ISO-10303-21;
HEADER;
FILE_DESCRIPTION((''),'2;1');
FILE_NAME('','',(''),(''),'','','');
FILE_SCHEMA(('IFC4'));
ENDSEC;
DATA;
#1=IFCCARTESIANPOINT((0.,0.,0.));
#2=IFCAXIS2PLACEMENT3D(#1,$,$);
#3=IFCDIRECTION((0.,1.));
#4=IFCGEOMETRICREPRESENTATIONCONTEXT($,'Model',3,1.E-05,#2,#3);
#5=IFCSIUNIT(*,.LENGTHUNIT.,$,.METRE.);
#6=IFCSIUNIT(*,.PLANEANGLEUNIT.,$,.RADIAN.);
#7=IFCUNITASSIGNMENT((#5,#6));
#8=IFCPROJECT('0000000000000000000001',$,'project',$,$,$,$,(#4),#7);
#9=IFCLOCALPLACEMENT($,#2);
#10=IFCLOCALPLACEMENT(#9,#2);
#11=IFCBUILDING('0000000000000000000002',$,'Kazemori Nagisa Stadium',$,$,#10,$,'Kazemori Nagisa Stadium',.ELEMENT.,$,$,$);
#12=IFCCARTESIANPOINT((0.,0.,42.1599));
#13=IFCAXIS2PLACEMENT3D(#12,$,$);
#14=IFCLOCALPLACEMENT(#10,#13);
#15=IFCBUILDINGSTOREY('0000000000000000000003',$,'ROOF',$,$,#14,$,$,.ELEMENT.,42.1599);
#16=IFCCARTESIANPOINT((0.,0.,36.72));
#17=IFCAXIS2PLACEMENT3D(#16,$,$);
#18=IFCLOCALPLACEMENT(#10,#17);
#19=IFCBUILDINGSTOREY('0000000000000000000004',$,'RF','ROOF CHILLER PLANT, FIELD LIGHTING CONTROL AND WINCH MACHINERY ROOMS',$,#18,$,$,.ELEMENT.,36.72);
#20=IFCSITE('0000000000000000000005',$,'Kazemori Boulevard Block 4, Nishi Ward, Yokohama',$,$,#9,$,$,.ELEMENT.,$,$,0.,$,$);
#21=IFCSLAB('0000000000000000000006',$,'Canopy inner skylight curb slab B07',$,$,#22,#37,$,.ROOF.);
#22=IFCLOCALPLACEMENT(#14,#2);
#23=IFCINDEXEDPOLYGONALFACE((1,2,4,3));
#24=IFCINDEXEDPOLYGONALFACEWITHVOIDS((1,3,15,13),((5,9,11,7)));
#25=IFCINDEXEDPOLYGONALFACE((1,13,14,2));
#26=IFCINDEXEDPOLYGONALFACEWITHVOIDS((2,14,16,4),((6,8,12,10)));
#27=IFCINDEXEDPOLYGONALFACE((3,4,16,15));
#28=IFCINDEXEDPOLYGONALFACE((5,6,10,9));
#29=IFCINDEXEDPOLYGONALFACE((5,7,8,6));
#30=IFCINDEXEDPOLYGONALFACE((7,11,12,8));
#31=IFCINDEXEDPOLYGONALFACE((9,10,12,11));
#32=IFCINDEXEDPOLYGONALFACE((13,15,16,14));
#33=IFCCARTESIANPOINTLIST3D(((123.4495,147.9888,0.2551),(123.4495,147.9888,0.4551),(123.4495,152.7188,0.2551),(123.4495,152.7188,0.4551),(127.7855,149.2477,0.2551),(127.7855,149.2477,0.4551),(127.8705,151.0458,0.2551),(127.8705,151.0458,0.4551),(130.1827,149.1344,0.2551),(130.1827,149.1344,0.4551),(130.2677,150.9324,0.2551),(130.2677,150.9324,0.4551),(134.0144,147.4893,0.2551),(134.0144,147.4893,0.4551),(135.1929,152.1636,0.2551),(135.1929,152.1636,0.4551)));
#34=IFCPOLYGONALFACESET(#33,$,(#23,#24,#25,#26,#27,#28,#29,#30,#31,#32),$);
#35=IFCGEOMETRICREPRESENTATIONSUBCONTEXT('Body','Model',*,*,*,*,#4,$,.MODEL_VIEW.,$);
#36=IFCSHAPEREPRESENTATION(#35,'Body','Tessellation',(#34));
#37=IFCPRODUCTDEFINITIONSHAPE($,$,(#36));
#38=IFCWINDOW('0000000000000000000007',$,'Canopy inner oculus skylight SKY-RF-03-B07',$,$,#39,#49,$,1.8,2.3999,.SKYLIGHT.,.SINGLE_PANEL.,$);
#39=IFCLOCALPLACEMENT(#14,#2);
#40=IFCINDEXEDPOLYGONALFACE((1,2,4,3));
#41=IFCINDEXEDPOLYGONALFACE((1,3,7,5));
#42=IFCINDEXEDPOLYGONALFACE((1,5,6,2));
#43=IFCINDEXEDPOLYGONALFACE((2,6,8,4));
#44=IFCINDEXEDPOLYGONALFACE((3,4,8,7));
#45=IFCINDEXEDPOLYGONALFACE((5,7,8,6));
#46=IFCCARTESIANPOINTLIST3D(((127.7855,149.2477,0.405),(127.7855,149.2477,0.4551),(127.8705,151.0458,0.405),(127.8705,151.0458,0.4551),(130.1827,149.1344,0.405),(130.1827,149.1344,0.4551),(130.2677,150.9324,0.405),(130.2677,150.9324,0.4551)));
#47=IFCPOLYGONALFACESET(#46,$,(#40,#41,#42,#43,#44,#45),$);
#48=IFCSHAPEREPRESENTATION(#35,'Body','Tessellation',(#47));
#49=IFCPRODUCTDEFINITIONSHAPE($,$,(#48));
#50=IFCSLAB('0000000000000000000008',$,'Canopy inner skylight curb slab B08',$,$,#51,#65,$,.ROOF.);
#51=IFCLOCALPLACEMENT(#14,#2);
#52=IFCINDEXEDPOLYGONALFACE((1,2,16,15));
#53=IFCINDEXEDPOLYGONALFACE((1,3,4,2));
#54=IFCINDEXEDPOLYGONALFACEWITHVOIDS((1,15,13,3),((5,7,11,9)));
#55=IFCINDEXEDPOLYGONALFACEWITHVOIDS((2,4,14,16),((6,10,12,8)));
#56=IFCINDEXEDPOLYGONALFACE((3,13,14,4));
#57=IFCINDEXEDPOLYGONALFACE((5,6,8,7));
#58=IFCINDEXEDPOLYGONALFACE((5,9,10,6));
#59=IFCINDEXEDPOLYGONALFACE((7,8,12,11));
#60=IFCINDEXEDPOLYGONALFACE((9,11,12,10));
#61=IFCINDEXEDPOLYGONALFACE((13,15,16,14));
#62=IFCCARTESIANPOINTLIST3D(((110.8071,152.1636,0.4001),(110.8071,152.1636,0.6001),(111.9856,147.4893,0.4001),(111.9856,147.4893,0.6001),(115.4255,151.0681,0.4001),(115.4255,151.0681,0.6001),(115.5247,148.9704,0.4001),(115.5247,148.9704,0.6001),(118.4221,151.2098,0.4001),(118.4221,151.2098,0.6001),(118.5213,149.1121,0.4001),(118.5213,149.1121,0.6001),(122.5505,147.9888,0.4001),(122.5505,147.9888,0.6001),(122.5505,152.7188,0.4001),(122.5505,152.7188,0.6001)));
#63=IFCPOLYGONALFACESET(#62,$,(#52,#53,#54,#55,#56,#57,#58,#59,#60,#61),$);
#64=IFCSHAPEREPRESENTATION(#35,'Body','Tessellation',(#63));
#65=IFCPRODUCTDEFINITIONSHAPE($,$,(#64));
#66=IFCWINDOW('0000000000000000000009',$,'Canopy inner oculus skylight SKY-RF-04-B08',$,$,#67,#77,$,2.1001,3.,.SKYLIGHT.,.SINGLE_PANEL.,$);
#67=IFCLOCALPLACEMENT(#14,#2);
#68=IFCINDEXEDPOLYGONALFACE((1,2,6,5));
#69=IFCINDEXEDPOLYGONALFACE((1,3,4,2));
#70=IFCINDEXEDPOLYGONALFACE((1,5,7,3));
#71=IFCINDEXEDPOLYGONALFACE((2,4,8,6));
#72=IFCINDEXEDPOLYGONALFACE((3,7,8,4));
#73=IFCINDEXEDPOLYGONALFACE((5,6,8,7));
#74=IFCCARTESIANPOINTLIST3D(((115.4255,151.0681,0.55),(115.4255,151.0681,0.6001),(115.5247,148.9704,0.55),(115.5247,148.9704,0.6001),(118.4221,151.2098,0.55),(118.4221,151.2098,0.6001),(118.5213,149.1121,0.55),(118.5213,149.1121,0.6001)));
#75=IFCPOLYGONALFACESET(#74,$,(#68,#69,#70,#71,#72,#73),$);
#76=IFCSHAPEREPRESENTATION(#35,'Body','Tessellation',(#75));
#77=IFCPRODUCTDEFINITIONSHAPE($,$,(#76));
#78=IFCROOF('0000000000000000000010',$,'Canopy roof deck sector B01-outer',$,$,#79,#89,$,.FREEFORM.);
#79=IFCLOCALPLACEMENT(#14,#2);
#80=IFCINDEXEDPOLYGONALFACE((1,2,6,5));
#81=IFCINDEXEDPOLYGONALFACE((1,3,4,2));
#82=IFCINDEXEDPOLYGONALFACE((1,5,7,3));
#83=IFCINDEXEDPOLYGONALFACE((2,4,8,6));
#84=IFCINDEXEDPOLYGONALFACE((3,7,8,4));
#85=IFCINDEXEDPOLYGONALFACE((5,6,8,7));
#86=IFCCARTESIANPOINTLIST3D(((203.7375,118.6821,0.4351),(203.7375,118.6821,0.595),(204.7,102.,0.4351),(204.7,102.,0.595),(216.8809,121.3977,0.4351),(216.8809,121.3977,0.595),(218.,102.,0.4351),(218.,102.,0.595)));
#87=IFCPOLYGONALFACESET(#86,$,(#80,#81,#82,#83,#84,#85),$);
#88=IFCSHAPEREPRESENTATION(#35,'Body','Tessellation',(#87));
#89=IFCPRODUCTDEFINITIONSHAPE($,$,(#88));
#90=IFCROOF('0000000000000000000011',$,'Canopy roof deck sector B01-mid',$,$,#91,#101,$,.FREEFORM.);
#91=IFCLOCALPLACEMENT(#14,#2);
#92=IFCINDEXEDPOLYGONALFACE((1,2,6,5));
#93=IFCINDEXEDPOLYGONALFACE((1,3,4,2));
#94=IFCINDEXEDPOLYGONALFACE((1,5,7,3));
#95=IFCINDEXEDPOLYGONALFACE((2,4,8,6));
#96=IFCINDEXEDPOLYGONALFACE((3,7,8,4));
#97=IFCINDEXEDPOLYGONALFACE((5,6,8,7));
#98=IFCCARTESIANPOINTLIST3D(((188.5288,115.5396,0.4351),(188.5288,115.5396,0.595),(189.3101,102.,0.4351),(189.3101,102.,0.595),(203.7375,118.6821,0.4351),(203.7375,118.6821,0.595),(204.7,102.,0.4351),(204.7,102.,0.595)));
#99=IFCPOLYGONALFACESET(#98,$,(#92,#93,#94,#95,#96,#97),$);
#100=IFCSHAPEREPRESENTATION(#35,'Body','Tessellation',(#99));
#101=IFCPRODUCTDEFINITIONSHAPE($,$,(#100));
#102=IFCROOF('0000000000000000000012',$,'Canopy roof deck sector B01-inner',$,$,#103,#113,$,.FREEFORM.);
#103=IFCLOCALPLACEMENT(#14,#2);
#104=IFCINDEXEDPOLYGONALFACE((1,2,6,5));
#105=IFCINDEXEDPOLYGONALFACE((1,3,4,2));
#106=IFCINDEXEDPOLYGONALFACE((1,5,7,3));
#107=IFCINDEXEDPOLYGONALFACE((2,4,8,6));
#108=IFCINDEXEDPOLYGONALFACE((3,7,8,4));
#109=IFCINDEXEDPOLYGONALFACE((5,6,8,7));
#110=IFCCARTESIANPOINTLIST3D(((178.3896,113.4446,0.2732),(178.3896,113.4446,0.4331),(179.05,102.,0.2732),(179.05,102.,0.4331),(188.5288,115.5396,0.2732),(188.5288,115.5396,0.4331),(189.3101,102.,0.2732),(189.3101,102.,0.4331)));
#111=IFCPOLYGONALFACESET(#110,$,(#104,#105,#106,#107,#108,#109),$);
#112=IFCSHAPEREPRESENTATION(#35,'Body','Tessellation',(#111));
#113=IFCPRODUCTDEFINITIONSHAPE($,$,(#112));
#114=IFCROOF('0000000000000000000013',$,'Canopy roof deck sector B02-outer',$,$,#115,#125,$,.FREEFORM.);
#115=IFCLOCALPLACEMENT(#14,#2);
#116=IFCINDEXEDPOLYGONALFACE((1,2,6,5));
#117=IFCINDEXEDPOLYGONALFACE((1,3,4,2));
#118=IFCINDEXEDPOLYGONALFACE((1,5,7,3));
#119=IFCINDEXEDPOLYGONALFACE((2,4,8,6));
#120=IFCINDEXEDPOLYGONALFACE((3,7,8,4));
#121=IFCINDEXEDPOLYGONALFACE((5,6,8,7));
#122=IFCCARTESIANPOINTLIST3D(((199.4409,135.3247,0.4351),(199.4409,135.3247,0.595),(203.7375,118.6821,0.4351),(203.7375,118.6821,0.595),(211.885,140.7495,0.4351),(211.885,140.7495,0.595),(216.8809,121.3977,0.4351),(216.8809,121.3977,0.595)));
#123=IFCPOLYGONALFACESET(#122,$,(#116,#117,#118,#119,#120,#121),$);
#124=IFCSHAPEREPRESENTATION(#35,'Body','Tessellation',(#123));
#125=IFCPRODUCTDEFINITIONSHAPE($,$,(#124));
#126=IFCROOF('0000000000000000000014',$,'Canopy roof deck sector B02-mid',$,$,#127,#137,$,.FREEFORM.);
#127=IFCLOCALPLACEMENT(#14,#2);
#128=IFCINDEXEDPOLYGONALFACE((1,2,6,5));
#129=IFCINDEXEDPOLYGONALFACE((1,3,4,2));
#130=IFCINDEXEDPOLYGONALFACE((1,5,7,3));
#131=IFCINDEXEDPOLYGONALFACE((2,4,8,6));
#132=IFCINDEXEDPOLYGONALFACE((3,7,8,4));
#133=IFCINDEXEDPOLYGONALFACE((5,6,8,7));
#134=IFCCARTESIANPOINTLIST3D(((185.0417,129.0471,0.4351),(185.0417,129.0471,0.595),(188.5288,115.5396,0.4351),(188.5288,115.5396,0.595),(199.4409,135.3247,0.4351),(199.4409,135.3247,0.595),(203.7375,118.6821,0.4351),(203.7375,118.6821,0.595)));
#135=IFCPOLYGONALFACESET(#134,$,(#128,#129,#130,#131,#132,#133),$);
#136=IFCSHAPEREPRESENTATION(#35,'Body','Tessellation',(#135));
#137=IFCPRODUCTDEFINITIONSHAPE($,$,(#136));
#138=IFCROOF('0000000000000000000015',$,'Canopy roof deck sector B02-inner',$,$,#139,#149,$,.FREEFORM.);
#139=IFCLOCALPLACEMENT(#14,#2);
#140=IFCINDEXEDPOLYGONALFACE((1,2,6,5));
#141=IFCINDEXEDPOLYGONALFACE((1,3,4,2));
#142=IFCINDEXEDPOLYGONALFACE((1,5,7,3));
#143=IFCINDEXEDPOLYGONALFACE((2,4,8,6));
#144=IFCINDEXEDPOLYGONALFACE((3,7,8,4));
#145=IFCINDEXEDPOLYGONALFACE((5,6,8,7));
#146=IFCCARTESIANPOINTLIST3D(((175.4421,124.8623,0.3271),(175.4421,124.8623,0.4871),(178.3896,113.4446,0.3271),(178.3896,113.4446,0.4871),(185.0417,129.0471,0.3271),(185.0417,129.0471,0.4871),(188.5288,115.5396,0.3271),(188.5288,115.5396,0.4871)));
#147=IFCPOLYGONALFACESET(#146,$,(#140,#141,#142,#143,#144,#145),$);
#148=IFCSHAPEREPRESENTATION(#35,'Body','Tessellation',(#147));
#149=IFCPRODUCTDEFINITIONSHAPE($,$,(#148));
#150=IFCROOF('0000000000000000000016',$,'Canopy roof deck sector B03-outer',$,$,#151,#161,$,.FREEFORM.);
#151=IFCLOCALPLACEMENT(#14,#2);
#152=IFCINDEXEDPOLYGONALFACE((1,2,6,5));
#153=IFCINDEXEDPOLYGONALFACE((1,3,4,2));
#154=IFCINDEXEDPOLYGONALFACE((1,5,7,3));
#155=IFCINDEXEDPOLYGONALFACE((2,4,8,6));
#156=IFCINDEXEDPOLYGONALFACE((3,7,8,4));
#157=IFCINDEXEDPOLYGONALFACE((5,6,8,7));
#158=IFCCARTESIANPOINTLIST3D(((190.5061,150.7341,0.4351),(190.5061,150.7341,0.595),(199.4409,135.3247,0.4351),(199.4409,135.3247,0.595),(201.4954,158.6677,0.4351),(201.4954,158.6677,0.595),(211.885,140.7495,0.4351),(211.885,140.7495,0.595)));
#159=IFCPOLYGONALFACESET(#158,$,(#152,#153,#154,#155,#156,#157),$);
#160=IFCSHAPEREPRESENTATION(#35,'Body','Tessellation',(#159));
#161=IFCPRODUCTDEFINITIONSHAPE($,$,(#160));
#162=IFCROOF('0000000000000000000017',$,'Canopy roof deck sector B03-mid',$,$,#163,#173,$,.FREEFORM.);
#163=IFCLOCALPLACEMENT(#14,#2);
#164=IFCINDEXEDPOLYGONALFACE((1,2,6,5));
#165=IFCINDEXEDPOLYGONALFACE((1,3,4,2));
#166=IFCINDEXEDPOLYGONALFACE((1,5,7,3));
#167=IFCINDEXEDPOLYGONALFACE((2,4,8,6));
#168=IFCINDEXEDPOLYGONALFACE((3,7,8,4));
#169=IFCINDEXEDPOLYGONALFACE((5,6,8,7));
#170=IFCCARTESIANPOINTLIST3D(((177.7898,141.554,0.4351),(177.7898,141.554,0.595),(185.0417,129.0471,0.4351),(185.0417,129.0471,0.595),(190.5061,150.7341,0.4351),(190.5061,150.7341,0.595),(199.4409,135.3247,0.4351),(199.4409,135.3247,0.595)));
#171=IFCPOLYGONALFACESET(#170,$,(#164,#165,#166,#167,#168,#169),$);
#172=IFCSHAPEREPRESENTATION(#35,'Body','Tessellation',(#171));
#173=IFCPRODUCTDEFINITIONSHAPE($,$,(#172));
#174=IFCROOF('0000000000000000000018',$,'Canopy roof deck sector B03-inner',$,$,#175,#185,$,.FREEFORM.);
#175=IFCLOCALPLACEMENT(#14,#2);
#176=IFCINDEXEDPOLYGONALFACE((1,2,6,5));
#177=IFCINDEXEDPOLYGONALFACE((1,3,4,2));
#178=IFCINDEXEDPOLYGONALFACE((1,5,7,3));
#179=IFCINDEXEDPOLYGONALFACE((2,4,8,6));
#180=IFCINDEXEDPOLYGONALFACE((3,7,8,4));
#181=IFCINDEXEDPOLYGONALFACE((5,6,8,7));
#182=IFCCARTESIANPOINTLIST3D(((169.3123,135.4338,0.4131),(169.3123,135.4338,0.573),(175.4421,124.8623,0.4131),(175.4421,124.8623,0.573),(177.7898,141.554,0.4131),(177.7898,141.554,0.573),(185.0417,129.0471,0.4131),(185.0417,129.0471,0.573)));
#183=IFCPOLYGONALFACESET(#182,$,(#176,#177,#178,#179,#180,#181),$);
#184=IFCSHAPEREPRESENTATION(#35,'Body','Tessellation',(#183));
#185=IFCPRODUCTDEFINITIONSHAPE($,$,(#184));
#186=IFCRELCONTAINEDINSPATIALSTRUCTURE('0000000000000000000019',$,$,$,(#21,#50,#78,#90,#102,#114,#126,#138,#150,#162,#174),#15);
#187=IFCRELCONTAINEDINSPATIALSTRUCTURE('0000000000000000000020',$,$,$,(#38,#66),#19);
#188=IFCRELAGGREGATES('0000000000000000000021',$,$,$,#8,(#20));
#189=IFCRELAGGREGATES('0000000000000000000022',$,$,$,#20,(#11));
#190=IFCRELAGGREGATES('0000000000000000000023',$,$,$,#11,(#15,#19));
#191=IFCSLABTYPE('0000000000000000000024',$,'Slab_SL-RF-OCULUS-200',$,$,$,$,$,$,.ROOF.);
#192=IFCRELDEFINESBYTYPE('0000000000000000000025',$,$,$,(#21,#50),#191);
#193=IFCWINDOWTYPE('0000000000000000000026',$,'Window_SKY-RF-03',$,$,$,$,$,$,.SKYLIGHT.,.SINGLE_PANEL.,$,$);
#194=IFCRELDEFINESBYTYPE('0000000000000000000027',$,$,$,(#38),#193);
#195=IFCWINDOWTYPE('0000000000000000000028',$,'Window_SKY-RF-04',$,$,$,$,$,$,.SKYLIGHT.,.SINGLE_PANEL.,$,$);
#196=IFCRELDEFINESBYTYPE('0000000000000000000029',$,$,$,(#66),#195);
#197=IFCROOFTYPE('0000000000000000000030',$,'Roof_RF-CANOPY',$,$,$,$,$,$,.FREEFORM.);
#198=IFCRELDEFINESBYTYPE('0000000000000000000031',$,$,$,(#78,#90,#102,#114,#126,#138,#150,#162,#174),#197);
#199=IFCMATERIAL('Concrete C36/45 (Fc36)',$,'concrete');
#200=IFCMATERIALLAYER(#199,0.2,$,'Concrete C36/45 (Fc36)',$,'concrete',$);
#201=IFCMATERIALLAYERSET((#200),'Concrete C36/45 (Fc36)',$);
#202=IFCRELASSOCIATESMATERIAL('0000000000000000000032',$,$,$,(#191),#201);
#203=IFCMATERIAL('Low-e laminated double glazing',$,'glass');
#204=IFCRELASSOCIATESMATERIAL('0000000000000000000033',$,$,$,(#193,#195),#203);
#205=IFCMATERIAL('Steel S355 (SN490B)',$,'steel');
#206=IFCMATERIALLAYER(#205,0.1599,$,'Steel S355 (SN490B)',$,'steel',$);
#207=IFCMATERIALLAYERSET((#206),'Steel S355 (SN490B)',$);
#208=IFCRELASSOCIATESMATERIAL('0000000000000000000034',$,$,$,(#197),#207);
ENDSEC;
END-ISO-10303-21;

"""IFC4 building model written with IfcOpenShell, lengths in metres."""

from ifc_helpers import new_model, si_unit, direction, frame, origin, origin_2d, place, context, subcontext, project, spatial, polyline, rectangle, outline, extrude, material, layer, layer_set, type_object, element, fill, save


model = new_model("IFC4")

# Units and contexts
model_context = context("Model", 3, precision=1e-05, world=origin(), true_north=direction((0.0, 1.0)))
body_context = subcontext(model_context, "Body", "Model", "MODEL_VIEW")
ifc_project = project(units=[si_unit("LENGTHUNIT", "METRE"), si_unit("PLANEANGLEUNIT", "RADIAN")], contexts=[model_context])

# Site, building, storey
site_placement = place(None, origin())
site = spatial("IfcSite", under=ifc_project, at=site_placement, Name="Kazemori Boulevard Block 4, Nishi Ward, Yokohama", CompositionType="ELEMENT", RefElevation=0.0)
building_placement = place(site_placement, origin())
building = spatial("IfcBuilding", under=site, at=building_placement, Name="Kazemori Nagisa Stadium", LongName="Kazemori Nagisa Stadium", CompositionType="ELEMENT")
storey_1_placement = place(building_placement, frame((0.0, 0.0, 42.1599)))
storey_1 = spatial("IfcBuildingStorey", under=building, at=storey_1_placement, Name="ROOF", CompositionType="ELEMENT", Elevation=42.1599)

# Slab, opening
ifc_material_1 = material(Name="Concrete C36/45 (Fc36)", Category="concrete")
ifc_layer_1 = layer(ifc_material_1, 0.2, Name="Concrete C36/45 (Fc36)", Category="concrete")
ifc_layer_set_1 = layer_set([ifc_layer_1], Name="Concrete C36/45 (Fc36)")
slab_type = type_object("IfcSlabType", Name="Slab_SL-RF-OCULUS-200", PredefinedType="ROOF", material=ifc_layer_set_1)
slab_1_placement = place(storey_1_placement, frame((0.0, 0.0, 0.2551)))
slab_1 = element("IfcSlab", 1, at=slab_1_placement, inside=storey_1, type_object=slab_type, Name="Canopy inner skylight curb slab B07", PredefinedType="ROOF", context=body_context, shape_type="SweptSolid", body=[
    extrude(outline(polyline([(134.0144, 147.4893), (123.4495, 147.9888), (123.4495, 152.7188), (135.1929, 152.1636), (134.0144, 147.4893)])), origin(), (0.0, 0.0, 1.0), 0.2),
])
opening_1_placement = place(slab_1_placement, frame((129.0266, 150.0901, 0.0), z_axis=(0.0, 0.0, 1.0), x_axis=(-0.998884, 0.04723, 0.0)))
opening_1 = element("IfcOpeningElement", 2, at=opening_1_placement, cuts=slab_1, PredefinedType="OPENING", context=body_context, shape_type="SweptSolid", body=[
    extrude(rectangle(XDim=2.3999, YDim=1.8, at=origin_2d()), frame((0.0, 0.0, -0.01)), (0.0, 0.0, 1.0), 0.22),
])

# Shared definitions
storey_2_placement = place(building_placement, frame((0.0, 0.0, 36.72)))
storey_2 = spatial("IfcBuildingStorey", under=building, at=storey_2_placement, Name="RF", Description="ROOF CHILLER PLANT, FIELD LIGHTING CONTROL AND WINCH MACHINERY ROOMS", CompositionType="ELEMENT", Elevation=36.72)

# Window
ifc_material_2 = material(Name="Low-e laminated double glazing", Category="glass")
window_type_1 = type_object("IfcWindowType", Name="Window_SKY-RF-03", PartitioningType="SINGLE_PANEL", PredefinedType="SKYLIGHT", material=ifc_material_2)
window_1_placement = place(opening_1_placement, frame((0.0, 0.0, 0.1499)))
window_1 = element("IfcWindow", 3, at=window_1_placement, inside=storey_2, type_object=window_type_1, Name="Canopy inner oculus skylight SKY-RF-03-B07", OverallHeight=1.8, OverallWidth=2.3999, PartitioningType="SINGLE_PANEL", PredefinedType="SKYLIGHT", context=body_context, shape_type="SweptSolid", body=[
    extrude(rectangle(XDim=2.3999, YDim=1.8, at=origin_2d()), origin(), (0.0, 0.0, 1.0), 0.05),
])
fill(opening_1, window_1)

# Slab, opening, window
slab_2_placement = place(storey_1_placement, frame((0.0, 0.0, 0.4001)))
slab_2 = element("IfcSlab", 4, at=slab_2_placement, inside=storey_1, type_object=slab_type, Name="Canopy inner skylight curb slab B08", PredefinedType="ROOF", context=body_context, shape_type="SweptSolid", body=[
    extrude(outline(polyline([(122.5505, 147.9888), (111.9856, 147.4893), (110.8071, 152.1636), (122.5505, 152.7188), (122.5505, 147.9888)])), origin(), (0.0, 0.0, 1.0), 0.2),
])
opening_2_placement = place(slab_2_placement, frame((116.9734, 150.0901, 0.0), z_axis=(0.0, 0.0, 1.0), x_axis=(-0.998884, -0.04723, 0.0)))
opening_2 = element("IfcOpeningElement", 5, at=opening_2_placement, cuts=slab_2, PredefinedType="OPENING", context=body_context, shape_type="SweptSolid", body=[
    extrude(rectangle(XDim=3.0, YDim=2.1001, at=origin_2d()), frame((0.0, 0.0, -0.01)), (0.0, 0.0, 1.0), 0.22),
])
window_type_2 = type_object("IfcWindowType", Name="Window_SKY-RF-04", PartitioningType="SINGLE_PANEL", PredefinedType="SKYLIGHT", material=ifc_material_2)
window_2_placement = place(opening_2_placement, frame((0.0, 0.0, 0.1499)))
window_2 = element("IfcWindow", 6, at=window_2_placement, inside=storey_2, type_object=window_type_2, Name="Canopy inner oculus skylight SKY-RF-04-B08", OverallHeight=2.1001, OverallWidth=3.0, PartitioningType="SINGLE_PANEL", PredefinedType="SKYLIGHT", context=body_context, shape_type="SweptSolid", body=[
    extrude(rectangle(XDim=3.0, YDim=2.1001, at=origin_2d()), origin(), (0.0, 0.0, 1.0), 0.05),
])
fill(opening_2, window_2)

# Roofs
ifc_material_3 = material(Name="Steel S355 (SN490B)", Category="steel")
ifc_layer_2 = layer(ifc_material_3, 0.1599, Name="Steel S355 (SN490B)", Category="steel")
ifc_layer_set_2 = layer_set([ifc_layer_2], Name="Steel S355 (SN490B)")
roof_type = type_object("IfcRoofType", Name="Roof_RF-CANOPY", PredefinedType="FREEFORM", material=ifc_layer_set_2)
roof_1_placement = place(storey_1_placement, frame((0.0, 0.0, 0.4351)))
element("IfcRoof", 7, at=roof_1_placement, inside=storey_1, type_object=roof_type, Name="Canopy roof deck sector B01-outer", PredefinedType="FREEFORM", context=body_context, shape_type="SweptSolid", body=[
    extrude(outline(polyline([(218.0, 102.0), (216.8809, 121.3977), (203.7375, 118.6821), (204.7, 102.0), (218.0, 102.0)])), origin(), (0.0, 0.0, 1.0), 0.1599),
])
roof_2_placement = place(storey_1_placement, frame((0.0, 0.0, 0.4351)))
element("IfcRoof", 8, at=roof_2_placement, inside=storey_1, type_object=roof_type, Name="Canopy roof deck sector B01-mid", PredefinedType="FREEFORM", context=body_context, shape_type="SweptSolid", body=[
    extrude(outline(polyline([(204.7, 102.0), (203.7375, 118.6821), (188.5288, 115.5396), (189.3101, 102.0), (204.7, 102.0)])), origin(), (0.0, 0.0, 1.0), 0.1599),
])
roof_3_placement = place(storey_1_placement, frame((0.0, 0.0, 0.2732)))
element("IfcRoof", 9, at=roof_3_placement, inside=storey_1, type_object=roof_type, Name="Canopy roof deck sector B01-inner", PredefinedType="FREEFORM", context=body_context, shape_type="SweptSolid", body=[
    extrude(outline(polyline([(189.3101, 102.0), (188.5288, 115.5396), (178.3896, 113.4446), (179.05, 102.0), (189.3101, 102.0)])), origin(), (0.0, 0.0, 1.0), 0.1599),
])
roof_4_placement = place(storey_1_placement, frame((0.0, 0.0, 0.4351)))
element("IfcRoof", 10, at=roof_4_placement, inside=storey_1, type_object=roof_type, Name="Canopy roof deck sector B02-outer", PredefinedType="FREEFORM", context=body_context, shape_type="SweptSolid", body=[
    extrude(outline(polyline([(216.8809, 121.3977), (211.885, 140.7495), (199.4409, 135.3247), (203.7375, 118.6821), (216.8809, 121.3977)])), origin(), (0.0, 0.0, 1.0), 0.1599),
])
roof_5_placement = place(storey_1_placement, frame((0.0, 0.0, 0.4351)))
element("IfcRoof", 11, at=roof_5_placement, inside=storey_1, type_object=roof_type, Name="Canopy roof deck sector B02-mid", PredefinedType="FREEFORM", context=body_context, shape_type="SweptSolid", body=[
    extrude(outline(polyline([(203.7375, 118.6821), (199.4409, 135.3247), (185.0417, 129.0471), (188.5288, 115.5396), (203.7375, 118.6821)])), origin(), (0.0, 0.0, 1.0), 0.1599),
])
roof_6_placement = place(storey_1_placement, frame((0.0, 0.0, 0.3271)))
element("IfcRoof", 12, at=roof_6_placement, inside=storey_1, type_object=roof_type, Name="Canopy roof deck sector B02-inner", PredefinedType="FREEFORM", context=body_context, shape_type="SweptSolid", body=[
    extrude(outline(polyline([(188.5288, 115.5396), (185.0417, 129.0471), (175.4421, 124.8623), (178.3896, 113.4446), (188.5288, 115.5396)])), origin(), (0.0, 0.0, 1.0), 0.1599),
])
roof_7_placement = place(storey_1_placement, frame((0.0, 0.0, 0.4351)))
element("IfcRoof", 13, at=roof_7_placement, inside=storey_1, type_object=roof_type, Name="Canopy roof deck sector B03-outer", PredefinedType="FREEFORM", context=body_context, shape_type="SweptSolid", body=[
    extrude(outline(polyline([(211.885, 140.7495), (201.4954, 158.6677), (190.5061, 150.7341), (199.4409, 135.3247), (211.885, 140.7495)])), origin(), (0.0, 0.0, 1.0), 0.1599),
])
roof_8_placement = place(storey_1_placement, frame((0.0, 0.0, 0.4351)))
element("IfcRoof", 14, at=roof_8_placement, inside=storey_1, type_object=roof_type, Name="Canopy roof deck sector B03-mid", PredefinedType="FREEFORM", context=body_context, shape_type="SweptSolid", body=[
    extrude(outline(polyline([(199.4409, 135.3247), (190.5061, 150.7341), (177.7898, 141.554), (185.0417, 129.0471), (199.4409, 135.3247)])), origin(), (0.0, 0.0, 1.0), 0.1599),
])
roof_9_placement = place(storey_1_placement, frame((0.0, 0.0, 0.4131)))
element("IfcRoof", 15, at=roof_9_placement, inside=storey_1, type_object=roof_type, Name="Canopy roof deck sector B03-inner", PredefinedType="FREEFORM", context=body_context, shape_type="SweptSolid", body=[
    extrude(outline(polyline([(185.0417, 129.0471), (177.7898, 141.554), (169.3123, 135.4338), (175.4421, 124.8623), (185.0417, 129.0471)])), origin(), (0.0, 0.0, 1.0), 0.1599),
])

save(model, "model.ifc")
